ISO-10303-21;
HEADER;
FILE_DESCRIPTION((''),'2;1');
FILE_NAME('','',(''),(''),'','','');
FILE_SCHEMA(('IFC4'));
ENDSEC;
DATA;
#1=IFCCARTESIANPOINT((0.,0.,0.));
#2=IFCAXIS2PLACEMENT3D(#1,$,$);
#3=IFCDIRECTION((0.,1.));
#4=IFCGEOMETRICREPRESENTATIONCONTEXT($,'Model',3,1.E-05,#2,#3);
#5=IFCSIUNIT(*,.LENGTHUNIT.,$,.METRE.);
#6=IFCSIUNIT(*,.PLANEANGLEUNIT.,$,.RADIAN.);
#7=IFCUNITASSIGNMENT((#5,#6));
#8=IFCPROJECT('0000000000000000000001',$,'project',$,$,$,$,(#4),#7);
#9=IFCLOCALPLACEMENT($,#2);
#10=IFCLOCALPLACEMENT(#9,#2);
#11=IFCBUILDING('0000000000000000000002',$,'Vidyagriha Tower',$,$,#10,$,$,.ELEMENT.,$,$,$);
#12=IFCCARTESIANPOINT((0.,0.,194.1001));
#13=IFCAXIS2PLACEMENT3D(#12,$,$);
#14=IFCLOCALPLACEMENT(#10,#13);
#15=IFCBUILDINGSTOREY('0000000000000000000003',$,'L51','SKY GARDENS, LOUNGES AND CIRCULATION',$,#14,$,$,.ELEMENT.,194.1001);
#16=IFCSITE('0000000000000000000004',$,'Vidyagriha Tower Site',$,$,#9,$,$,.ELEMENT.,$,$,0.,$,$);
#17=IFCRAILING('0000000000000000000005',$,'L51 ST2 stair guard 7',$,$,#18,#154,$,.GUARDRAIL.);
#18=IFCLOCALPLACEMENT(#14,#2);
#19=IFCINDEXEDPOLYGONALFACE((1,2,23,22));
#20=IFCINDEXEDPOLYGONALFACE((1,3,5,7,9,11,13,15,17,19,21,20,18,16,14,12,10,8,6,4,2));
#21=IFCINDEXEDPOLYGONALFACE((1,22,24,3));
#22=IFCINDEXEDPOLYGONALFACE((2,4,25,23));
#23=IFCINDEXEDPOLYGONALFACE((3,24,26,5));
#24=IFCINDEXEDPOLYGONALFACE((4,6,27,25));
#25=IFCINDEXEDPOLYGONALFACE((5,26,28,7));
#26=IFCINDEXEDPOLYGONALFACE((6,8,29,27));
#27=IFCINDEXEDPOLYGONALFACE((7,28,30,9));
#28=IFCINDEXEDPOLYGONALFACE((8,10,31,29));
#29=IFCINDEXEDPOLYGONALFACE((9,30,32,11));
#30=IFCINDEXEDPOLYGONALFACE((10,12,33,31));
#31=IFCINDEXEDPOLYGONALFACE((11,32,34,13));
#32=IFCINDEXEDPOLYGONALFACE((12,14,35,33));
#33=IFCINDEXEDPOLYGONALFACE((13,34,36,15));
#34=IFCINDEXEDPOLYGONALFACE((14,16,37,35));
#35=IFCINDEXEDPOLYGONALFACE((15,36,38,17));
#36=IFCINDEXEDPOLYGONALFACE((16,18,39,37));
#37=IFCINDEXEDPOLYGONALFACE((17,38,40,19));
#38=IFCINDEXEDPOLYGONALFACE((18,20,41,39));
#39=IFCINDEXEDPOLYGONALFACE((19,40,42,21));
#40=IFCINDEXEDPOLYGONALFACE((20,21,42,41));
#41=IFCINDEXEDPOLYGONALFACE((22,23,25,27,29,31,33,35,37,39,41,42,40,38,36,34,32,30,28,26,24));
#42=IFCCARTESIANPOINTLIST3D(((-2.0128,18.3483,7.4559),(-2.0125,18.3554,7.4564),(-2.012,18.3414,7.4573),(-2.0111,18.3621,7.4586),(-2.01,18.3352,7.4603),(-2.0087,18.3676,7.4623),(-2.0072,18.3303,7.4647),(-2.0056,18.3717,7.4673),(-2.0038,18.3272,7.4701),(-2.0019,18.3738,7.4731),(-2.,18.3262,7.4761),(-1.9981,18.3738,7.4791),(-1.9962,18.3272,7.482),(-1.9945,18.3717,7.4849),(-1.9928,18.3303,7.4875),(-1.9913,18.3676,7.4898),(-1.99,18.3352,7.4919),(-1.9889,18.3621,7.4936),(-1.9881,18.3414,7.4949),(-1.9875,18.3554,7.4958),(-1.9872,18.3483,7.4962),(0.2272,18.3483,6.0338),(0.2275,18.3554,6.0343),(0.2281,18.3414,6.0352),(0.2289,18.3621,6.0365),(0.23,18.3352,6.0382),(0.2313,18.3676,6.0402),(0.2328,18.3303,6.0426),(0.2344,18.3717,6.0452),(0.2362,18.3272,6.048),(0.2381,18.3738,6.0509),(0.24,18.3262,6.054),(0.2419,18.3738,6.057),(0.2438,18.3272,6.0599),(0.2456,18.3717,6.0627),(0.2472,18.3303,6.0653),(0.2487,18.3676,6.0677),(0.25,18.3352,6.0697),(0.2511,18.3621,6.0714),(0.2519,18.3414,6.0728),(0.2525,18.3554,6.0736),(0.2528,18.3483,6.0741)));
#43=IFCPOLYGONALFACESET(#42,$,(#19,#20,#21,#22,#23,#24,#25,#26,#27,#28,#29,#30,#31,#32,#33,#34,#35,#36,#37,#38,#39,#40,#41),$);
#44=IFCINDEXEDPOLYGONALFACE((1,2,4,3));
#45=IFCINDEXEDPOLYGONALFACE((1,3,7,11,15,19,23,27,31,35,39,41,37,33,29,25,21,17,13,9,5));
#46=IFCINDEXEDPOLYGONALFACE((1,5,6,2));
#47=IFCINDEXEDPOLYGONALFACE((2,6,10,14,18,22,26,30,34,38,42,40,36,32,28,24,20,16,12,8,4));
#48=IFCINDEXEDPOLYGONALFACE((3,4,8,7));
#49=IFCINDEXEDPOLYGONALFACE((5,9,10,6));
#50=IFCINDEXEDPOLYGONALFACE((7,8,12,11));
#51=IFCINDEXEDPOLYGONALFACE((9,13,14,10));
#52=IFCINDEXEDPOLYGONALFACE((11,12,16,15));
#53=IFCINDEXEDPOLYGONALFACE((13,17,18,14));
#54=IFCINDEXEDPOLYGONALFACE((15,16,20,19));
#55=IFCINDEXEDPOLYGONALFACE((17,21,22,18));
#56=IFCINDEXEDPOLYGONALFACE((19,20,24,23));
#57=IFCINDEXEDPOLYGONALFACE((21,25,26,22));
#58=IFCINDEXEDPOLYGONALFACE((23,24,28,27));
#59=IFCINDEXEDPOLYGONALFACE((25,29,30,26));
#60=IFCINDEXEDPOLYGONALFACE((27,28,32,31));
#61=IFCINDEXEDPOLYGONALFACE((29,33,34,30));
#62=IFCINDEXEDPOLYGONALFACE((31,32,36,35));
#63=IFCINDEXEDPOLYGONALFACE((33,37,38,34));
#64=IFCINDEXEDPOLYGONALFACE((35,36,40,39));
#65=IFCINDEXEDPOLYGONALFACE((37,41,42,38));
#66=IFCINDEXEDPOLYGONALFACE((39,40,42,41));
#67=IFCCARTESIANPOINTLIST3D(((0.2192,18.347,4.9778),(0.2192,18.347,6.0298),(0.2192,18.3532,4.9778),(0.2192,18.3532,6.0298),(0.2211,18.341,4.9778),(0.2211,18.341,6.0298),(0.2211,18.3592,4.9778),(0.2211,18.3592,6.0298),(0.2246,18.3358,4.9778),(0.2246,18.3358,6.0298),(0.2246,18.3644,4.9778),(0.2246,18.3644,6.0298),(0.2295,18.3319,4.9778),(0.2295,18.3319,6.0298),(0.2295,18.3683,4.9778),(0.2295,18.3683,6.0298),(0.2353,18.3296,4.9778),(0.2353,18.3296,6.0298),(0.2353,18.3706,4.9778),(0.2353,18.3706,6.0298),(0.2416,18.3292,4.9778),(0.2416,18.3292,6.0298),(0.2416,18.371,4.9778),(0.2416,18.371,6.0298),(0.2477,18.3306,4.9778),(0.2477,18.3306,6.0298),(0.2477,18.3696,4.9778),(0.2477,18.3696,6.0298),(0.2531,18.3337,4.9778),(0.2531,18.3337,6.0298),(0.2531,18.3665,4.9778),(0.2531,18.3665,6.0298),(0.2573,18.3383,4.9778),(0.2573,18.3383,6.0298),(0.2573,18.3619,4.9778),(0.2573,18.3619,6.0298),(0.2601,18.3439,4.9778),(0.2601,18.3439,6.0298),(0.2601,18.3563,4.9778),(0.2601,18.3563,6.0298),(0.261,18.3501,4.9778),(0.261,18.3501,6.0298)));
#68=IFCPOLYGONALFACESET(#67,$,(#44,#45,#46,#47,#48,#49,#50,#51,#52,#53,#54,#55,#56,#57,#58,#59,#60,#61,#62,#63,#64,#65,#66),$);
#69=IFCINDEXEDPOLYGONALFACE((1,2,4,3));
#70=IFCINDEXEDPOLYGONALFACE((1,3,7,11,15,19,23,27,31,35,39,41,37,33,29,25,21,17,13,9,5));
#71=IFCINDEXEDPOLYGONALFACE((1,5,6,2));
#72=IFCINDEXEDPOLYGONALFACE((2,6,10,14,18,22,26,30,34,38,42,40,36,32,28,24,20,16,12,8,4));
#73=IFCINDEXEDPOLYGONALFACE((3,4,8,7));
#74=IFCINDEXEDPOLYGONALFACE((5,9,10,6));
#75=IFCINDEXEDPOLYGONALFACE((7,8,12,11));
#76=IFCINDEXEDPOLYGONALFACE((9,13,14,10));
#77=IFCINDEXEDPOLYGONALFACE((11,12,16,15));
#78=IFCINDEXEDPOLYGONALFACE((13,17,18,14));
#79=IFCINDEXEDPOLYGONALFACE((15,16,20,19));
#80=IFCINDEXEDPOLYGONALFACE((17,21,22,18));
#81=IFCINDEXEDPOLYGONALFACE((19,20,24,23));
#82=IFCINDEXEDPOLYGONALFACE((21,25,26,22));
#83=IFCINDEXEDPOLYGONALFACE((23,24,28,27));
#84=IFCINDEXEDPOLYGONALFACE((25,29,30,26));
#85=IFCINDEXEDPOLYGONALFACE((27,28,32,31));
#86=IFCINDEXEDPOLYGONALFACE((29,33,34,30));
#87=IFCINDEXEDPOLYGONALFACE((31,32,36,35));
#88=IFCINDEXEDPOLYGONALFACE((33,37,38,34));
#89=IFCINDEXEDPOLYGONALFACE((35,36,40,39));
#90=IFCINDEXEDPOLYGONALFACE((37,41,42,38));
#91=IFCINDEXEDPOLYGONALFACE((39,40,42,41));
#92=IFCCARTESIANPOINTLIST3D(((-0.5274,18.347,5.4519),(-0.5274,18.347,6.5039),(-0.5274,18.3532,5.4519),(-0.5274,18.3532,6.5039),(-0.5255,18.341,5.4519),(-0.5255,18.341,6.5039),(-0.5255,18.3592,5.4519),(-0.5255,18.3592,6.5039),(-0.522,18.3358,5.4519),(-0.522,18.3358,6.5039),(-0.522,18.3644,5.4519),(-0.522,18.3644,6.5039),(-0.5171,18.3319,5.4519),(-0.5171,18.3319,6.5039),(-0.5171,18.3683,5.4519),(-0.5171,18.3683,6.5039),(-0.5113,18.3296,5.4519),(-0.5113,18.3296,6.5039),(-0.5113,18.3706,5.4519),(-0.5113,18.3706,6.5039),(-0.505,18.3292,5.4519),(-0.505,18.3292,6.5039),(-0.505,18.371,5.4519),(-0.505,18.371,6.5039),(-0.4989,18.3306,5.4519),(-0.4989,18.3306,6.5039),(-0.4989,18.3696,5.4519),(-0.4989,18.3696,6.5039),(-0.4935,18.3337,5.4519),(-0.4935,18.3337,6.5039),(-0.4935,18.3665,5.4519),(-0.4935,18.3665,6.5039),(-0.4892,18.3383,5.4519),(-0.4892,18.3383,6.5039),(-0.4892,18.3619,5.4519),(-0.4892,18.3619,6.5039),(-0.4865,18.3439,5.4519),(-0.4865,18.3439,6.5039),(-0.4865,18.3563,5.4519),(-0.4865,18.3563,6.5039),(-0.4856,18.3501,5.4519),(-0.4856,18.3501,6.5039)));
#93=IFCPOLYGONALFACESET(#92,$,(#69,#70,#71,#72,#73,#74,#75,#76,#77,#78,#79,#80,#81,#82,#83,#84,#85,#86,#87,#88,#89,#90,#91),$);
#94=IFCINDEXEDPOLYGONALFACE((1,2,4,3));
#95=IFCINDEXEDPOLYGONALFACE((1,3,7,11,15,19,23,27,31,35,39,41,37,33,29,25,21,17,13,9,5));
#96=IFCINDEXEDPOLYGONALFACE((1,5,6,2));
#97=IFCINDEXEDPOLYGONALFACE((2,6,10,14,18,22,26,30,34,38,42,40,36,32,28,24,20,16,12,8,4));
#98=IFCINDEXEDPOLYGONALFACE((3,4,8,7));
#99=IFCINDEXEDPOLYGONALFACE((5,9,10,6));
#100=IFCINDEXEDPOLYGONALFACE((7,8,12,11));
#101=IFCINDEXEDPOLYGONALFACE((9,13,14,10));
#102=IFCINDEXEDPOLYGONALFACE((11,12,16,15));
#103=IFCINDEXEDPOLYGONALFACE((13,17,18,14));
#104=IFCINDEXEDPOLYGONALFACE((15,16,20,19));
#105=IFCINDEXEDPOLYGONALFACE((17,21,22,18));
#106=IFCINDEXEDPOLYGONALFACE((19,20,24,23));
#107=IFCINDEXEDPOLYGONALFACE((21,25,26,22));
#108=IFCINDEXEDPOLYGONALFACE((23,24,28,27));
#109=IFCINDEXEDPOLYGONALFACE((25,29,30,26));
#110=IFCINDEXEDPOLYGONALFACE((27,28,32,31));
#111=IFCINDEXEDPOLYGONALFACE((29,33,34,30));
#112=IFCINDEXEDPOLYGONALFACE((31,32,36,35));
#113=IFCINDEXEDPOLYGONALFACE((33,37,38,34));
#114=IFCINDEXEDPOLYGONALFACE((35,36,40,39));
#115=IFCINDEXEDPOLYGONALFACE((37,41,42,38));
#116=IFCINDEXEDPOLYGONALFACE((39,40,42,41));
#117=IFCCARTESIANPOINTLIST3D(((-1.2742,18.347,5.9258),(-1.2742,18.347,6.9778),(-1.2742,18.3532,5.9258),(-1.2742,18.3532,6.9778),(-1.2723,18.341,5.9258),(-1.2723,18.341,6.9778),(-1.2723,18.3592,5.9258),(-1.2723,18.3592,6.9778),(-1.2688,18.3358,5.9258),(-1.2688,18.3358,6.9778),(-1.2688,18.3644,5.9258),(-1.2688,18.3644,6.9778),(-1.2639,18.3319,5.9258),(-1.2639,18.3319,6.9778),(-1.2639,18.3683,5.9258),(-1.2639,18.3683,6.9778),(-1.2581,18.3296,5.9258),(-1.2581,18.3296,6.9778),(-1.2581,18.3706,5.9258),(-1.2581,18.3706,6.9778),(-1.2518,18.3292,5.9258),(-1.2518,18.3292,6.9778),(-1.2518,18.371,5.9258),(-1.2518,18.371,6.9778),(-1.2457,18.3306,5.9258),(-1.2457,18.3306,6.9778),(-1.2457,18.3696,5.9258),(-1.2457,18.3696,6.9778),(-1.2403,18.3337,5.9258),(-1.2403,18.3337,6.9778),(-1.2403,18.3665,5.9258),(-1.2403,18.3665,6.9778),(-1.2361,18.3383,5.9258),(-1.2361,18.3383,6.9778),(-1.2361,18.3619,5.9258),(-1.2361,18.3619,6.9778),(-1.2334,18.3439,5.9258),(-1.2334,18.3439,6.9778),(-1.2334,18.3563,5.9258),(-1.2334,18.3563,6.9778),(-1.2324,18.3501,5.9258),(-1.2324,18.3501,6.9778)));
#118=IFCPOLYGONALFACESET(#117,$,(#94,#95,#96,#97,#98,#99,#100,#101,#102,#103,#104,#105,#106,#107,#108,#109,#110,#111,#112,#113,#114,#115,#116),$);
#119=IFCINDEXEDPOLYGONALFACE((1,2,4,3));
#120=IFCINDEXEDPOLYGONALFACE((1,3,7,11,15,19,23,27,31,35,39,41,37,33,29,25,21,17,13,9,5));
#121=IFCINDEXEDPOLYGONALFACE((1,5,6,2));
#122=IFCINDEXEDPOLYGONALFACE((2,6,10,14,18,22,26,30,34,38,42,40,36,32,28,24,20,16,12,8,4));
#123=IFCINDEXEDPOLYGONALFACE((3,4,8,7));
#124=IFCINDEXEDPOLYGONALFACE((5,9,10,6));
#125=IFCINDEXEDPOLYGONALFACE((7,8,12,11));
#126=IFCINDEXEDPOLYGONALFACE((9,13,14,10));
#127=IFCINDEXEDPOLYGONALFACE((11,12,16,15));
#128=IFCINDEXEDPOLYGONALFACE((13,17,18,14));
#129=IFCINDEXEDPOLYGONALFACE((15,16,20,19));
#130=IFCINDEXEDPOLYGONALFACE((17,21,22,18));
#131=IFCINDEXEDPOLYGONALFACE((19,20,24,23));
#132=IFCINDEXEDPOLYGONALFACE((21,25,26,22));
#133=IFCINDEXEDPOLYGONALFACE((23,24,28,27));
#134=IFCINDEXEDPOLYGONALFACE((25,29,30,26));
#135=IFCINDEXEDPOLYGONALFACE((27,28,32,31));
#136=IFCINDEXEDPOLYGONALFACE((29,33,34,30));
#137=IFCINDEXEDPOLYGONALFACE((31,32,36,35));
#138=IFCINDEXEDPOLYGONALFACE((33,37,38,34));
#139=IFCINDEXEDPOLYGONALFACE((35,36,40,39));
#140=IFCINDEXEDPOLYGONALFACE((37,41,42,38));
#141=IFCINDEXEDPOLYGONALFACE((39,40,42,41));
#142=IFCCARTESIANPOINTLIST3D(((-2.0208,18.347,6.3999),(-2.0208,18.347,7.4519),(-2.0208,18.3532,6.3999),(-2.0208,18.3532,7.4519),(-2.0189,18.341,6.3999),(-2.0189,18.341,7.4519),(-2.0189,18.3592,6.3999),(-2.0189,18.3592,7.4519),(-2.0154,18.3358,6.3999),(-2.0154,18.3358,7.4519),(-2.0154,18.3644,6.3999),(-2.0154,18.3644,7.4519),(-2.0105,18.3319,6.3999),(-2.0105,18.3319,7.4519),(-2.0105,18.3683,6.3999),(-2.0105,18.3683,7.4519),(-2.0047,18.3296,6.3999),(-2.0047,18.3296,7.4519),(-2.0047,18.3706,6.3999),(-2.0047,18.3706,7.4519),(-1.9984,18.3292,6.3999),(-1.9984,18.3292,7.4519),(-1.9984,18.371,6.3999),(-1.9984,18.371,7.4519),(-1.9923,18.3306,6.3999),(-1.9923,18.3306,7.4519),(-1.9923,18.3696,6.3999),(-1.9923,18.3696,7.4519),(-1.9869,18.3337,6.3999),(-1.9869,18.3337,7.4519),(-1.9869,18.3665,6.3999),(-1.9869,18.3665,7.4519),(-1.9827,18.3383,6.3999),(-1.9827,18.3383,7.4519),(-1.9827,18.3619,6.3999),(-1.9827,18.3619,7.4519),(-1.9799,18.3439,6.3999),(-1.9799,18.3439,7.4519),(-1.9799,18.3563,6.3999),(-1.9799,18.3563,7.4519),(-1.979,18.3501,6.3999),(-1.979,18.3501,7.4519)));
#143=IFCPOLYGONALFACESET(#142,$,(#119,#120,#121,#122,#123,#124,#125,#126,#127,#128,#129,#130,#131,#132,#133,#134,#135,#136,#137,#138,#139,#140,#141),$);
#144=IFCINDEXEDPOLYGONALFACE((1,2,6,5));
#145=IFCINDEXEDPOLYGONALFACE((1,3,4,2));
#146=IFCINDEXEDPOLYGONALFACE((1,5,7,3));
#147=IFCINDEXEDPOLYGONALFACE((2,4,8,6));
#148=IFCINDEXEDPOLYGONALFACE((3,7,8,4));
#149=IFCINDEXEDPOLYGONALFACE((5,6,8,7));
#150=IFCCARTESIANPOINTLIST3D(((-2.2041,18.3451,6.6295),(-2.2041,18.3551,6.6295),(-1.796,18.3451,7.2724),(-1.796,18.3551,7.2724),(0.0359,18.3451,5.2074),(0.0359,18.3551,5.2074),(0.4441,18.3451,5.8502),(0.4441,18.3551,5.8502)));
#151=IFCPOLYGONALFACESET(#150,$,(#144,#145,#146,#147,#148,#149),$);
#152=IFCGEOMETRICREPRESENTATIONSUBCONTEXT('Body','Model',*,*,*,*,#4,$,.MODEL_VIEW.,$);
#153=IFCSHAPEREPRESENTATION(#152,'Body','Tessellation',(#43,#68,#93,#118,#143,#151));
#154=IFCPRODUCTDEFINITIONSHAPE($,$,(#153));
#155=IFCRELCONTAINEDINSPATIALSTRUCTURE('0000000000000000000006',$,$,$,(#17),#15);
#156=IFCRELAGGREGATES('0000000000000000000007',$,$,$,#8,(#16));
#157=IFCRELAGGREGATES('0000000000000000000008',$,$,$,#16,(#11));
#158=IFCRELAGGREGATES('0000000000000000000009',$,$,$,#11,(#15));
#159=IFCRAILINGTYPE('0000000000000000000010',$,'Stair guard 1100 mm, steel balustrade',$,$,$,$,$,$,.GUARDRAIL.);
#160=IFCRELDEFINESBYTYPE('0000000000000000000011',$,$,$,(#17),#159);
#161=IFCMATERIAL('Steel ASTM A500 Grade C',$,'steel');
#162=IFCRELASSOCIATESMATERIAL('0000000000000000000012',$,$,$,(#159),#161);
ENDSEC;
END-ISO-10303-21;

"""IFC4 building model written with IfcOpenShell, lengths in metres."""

from ifc_helpers import new_model, si_unit, direction, frame, origin, origin_2d, place, context, subcontext, project, spatial, rectangle, circle, extrude, material, type_object, element, save


model = new_model("IFC4")

# Units and contexts
model_context = context("Model", 3, precision=1e-05, world=origin(), true_north=direction((0.0, 1.0)))
body_context = subcontext(model_context, "Body", "Model", "MODEL_VIEW")
ifc_project = project(units=[si_unit("LENGTHUNIT", "METRE"), si_unit("PLANEANGLEUNIT", "RADIAN")], contexts=[model_context])

# Site, building, storey
site_placement = place(None, origin())
site = spatial("IfcSite", under=ifc_project, at=site_placement, Name="Vidyagriha Tower Site", CompositionType="ELEMENT", RefElevation=0.0)
building_placement = place(site_placement, origin())
building = spatial("IfcBuilding", under=site, at=building_placement, Name="Vidyagriha Tower", CompositionType="ELEMENT")
storey_placement = place(building_placement, frame((0.0, 0.0, 194.1001)))
storey = spatial("IfcBuildingStorey", under=building, at=storey_placement, Name="L51", Description="SKY GARDENS, LOUNGES AND CIRCULATION", CompositionType="ELEMENT", Elevation=194.1001)

# Railing
ifc_material_1 = material(Name="Steel ASTM A500 Grade C", Category="steel")
railing_type_1 = type_object("IfcRailingType", Name="Stair guard 1100 mm, steel balustrade", PredefinedType="GUARDRAIL", material=ifc_material_1)
railing_1_placement = place(storey_placement, frame((0.24, 18.3501, 4.9778)))
element("IfcRailing", 1, at=railing_1_placement, inside=storey, type_object=railing_type_1, Name="L51 ST2 stair guard 7", PredefinedType="GUARDRAIL", context=body_context, shape_type="SweptSolid", body=[
    extrude(circle(Radius=0.0239, at=origin_2d()), frame((0.0, 0.0, 1.0762), z_axis=(-0.844229, 0.0, 0.535982), x_axis=(0.0, -1.0, 0.0)), (0.0, 0.0, 1.0), 2.6533),
    extrude(circle(Radius=0.021, at=origin_2d()), origin(), (0.0, 0.0, 1.0), 1.052),
    extrude(circle(Radius=0.021, at=origin_2d()), frame((-0.7466, 0.0, 0.4741)), (0.0, 0.0, 1.0), 1.052),
    extrude(circle(Radius=0.021, at=origin_2d()), frame((-1.4934, 0.0, 0.948)), (0.0, 0.0, 1.0), 1.052),
    extrude(circle(Radius=0.021, at=origin_2d()), frame((-2.24, 0.0, 1.4221)), (0.0, 0.0, 1.0), 1.052),
    extrude(rectangle(XDim=0.01, YDim=0.7615, at=origin_2d()), frame((0.0, 0.0, 0.551), z_axis=(-0.844229, 0.0, 0.535982), x_axis=(0.0, -1.0, 0.0)), (0.0, 0.0, 1.0), 2.6533),
])

save(model, "model.ifc")
